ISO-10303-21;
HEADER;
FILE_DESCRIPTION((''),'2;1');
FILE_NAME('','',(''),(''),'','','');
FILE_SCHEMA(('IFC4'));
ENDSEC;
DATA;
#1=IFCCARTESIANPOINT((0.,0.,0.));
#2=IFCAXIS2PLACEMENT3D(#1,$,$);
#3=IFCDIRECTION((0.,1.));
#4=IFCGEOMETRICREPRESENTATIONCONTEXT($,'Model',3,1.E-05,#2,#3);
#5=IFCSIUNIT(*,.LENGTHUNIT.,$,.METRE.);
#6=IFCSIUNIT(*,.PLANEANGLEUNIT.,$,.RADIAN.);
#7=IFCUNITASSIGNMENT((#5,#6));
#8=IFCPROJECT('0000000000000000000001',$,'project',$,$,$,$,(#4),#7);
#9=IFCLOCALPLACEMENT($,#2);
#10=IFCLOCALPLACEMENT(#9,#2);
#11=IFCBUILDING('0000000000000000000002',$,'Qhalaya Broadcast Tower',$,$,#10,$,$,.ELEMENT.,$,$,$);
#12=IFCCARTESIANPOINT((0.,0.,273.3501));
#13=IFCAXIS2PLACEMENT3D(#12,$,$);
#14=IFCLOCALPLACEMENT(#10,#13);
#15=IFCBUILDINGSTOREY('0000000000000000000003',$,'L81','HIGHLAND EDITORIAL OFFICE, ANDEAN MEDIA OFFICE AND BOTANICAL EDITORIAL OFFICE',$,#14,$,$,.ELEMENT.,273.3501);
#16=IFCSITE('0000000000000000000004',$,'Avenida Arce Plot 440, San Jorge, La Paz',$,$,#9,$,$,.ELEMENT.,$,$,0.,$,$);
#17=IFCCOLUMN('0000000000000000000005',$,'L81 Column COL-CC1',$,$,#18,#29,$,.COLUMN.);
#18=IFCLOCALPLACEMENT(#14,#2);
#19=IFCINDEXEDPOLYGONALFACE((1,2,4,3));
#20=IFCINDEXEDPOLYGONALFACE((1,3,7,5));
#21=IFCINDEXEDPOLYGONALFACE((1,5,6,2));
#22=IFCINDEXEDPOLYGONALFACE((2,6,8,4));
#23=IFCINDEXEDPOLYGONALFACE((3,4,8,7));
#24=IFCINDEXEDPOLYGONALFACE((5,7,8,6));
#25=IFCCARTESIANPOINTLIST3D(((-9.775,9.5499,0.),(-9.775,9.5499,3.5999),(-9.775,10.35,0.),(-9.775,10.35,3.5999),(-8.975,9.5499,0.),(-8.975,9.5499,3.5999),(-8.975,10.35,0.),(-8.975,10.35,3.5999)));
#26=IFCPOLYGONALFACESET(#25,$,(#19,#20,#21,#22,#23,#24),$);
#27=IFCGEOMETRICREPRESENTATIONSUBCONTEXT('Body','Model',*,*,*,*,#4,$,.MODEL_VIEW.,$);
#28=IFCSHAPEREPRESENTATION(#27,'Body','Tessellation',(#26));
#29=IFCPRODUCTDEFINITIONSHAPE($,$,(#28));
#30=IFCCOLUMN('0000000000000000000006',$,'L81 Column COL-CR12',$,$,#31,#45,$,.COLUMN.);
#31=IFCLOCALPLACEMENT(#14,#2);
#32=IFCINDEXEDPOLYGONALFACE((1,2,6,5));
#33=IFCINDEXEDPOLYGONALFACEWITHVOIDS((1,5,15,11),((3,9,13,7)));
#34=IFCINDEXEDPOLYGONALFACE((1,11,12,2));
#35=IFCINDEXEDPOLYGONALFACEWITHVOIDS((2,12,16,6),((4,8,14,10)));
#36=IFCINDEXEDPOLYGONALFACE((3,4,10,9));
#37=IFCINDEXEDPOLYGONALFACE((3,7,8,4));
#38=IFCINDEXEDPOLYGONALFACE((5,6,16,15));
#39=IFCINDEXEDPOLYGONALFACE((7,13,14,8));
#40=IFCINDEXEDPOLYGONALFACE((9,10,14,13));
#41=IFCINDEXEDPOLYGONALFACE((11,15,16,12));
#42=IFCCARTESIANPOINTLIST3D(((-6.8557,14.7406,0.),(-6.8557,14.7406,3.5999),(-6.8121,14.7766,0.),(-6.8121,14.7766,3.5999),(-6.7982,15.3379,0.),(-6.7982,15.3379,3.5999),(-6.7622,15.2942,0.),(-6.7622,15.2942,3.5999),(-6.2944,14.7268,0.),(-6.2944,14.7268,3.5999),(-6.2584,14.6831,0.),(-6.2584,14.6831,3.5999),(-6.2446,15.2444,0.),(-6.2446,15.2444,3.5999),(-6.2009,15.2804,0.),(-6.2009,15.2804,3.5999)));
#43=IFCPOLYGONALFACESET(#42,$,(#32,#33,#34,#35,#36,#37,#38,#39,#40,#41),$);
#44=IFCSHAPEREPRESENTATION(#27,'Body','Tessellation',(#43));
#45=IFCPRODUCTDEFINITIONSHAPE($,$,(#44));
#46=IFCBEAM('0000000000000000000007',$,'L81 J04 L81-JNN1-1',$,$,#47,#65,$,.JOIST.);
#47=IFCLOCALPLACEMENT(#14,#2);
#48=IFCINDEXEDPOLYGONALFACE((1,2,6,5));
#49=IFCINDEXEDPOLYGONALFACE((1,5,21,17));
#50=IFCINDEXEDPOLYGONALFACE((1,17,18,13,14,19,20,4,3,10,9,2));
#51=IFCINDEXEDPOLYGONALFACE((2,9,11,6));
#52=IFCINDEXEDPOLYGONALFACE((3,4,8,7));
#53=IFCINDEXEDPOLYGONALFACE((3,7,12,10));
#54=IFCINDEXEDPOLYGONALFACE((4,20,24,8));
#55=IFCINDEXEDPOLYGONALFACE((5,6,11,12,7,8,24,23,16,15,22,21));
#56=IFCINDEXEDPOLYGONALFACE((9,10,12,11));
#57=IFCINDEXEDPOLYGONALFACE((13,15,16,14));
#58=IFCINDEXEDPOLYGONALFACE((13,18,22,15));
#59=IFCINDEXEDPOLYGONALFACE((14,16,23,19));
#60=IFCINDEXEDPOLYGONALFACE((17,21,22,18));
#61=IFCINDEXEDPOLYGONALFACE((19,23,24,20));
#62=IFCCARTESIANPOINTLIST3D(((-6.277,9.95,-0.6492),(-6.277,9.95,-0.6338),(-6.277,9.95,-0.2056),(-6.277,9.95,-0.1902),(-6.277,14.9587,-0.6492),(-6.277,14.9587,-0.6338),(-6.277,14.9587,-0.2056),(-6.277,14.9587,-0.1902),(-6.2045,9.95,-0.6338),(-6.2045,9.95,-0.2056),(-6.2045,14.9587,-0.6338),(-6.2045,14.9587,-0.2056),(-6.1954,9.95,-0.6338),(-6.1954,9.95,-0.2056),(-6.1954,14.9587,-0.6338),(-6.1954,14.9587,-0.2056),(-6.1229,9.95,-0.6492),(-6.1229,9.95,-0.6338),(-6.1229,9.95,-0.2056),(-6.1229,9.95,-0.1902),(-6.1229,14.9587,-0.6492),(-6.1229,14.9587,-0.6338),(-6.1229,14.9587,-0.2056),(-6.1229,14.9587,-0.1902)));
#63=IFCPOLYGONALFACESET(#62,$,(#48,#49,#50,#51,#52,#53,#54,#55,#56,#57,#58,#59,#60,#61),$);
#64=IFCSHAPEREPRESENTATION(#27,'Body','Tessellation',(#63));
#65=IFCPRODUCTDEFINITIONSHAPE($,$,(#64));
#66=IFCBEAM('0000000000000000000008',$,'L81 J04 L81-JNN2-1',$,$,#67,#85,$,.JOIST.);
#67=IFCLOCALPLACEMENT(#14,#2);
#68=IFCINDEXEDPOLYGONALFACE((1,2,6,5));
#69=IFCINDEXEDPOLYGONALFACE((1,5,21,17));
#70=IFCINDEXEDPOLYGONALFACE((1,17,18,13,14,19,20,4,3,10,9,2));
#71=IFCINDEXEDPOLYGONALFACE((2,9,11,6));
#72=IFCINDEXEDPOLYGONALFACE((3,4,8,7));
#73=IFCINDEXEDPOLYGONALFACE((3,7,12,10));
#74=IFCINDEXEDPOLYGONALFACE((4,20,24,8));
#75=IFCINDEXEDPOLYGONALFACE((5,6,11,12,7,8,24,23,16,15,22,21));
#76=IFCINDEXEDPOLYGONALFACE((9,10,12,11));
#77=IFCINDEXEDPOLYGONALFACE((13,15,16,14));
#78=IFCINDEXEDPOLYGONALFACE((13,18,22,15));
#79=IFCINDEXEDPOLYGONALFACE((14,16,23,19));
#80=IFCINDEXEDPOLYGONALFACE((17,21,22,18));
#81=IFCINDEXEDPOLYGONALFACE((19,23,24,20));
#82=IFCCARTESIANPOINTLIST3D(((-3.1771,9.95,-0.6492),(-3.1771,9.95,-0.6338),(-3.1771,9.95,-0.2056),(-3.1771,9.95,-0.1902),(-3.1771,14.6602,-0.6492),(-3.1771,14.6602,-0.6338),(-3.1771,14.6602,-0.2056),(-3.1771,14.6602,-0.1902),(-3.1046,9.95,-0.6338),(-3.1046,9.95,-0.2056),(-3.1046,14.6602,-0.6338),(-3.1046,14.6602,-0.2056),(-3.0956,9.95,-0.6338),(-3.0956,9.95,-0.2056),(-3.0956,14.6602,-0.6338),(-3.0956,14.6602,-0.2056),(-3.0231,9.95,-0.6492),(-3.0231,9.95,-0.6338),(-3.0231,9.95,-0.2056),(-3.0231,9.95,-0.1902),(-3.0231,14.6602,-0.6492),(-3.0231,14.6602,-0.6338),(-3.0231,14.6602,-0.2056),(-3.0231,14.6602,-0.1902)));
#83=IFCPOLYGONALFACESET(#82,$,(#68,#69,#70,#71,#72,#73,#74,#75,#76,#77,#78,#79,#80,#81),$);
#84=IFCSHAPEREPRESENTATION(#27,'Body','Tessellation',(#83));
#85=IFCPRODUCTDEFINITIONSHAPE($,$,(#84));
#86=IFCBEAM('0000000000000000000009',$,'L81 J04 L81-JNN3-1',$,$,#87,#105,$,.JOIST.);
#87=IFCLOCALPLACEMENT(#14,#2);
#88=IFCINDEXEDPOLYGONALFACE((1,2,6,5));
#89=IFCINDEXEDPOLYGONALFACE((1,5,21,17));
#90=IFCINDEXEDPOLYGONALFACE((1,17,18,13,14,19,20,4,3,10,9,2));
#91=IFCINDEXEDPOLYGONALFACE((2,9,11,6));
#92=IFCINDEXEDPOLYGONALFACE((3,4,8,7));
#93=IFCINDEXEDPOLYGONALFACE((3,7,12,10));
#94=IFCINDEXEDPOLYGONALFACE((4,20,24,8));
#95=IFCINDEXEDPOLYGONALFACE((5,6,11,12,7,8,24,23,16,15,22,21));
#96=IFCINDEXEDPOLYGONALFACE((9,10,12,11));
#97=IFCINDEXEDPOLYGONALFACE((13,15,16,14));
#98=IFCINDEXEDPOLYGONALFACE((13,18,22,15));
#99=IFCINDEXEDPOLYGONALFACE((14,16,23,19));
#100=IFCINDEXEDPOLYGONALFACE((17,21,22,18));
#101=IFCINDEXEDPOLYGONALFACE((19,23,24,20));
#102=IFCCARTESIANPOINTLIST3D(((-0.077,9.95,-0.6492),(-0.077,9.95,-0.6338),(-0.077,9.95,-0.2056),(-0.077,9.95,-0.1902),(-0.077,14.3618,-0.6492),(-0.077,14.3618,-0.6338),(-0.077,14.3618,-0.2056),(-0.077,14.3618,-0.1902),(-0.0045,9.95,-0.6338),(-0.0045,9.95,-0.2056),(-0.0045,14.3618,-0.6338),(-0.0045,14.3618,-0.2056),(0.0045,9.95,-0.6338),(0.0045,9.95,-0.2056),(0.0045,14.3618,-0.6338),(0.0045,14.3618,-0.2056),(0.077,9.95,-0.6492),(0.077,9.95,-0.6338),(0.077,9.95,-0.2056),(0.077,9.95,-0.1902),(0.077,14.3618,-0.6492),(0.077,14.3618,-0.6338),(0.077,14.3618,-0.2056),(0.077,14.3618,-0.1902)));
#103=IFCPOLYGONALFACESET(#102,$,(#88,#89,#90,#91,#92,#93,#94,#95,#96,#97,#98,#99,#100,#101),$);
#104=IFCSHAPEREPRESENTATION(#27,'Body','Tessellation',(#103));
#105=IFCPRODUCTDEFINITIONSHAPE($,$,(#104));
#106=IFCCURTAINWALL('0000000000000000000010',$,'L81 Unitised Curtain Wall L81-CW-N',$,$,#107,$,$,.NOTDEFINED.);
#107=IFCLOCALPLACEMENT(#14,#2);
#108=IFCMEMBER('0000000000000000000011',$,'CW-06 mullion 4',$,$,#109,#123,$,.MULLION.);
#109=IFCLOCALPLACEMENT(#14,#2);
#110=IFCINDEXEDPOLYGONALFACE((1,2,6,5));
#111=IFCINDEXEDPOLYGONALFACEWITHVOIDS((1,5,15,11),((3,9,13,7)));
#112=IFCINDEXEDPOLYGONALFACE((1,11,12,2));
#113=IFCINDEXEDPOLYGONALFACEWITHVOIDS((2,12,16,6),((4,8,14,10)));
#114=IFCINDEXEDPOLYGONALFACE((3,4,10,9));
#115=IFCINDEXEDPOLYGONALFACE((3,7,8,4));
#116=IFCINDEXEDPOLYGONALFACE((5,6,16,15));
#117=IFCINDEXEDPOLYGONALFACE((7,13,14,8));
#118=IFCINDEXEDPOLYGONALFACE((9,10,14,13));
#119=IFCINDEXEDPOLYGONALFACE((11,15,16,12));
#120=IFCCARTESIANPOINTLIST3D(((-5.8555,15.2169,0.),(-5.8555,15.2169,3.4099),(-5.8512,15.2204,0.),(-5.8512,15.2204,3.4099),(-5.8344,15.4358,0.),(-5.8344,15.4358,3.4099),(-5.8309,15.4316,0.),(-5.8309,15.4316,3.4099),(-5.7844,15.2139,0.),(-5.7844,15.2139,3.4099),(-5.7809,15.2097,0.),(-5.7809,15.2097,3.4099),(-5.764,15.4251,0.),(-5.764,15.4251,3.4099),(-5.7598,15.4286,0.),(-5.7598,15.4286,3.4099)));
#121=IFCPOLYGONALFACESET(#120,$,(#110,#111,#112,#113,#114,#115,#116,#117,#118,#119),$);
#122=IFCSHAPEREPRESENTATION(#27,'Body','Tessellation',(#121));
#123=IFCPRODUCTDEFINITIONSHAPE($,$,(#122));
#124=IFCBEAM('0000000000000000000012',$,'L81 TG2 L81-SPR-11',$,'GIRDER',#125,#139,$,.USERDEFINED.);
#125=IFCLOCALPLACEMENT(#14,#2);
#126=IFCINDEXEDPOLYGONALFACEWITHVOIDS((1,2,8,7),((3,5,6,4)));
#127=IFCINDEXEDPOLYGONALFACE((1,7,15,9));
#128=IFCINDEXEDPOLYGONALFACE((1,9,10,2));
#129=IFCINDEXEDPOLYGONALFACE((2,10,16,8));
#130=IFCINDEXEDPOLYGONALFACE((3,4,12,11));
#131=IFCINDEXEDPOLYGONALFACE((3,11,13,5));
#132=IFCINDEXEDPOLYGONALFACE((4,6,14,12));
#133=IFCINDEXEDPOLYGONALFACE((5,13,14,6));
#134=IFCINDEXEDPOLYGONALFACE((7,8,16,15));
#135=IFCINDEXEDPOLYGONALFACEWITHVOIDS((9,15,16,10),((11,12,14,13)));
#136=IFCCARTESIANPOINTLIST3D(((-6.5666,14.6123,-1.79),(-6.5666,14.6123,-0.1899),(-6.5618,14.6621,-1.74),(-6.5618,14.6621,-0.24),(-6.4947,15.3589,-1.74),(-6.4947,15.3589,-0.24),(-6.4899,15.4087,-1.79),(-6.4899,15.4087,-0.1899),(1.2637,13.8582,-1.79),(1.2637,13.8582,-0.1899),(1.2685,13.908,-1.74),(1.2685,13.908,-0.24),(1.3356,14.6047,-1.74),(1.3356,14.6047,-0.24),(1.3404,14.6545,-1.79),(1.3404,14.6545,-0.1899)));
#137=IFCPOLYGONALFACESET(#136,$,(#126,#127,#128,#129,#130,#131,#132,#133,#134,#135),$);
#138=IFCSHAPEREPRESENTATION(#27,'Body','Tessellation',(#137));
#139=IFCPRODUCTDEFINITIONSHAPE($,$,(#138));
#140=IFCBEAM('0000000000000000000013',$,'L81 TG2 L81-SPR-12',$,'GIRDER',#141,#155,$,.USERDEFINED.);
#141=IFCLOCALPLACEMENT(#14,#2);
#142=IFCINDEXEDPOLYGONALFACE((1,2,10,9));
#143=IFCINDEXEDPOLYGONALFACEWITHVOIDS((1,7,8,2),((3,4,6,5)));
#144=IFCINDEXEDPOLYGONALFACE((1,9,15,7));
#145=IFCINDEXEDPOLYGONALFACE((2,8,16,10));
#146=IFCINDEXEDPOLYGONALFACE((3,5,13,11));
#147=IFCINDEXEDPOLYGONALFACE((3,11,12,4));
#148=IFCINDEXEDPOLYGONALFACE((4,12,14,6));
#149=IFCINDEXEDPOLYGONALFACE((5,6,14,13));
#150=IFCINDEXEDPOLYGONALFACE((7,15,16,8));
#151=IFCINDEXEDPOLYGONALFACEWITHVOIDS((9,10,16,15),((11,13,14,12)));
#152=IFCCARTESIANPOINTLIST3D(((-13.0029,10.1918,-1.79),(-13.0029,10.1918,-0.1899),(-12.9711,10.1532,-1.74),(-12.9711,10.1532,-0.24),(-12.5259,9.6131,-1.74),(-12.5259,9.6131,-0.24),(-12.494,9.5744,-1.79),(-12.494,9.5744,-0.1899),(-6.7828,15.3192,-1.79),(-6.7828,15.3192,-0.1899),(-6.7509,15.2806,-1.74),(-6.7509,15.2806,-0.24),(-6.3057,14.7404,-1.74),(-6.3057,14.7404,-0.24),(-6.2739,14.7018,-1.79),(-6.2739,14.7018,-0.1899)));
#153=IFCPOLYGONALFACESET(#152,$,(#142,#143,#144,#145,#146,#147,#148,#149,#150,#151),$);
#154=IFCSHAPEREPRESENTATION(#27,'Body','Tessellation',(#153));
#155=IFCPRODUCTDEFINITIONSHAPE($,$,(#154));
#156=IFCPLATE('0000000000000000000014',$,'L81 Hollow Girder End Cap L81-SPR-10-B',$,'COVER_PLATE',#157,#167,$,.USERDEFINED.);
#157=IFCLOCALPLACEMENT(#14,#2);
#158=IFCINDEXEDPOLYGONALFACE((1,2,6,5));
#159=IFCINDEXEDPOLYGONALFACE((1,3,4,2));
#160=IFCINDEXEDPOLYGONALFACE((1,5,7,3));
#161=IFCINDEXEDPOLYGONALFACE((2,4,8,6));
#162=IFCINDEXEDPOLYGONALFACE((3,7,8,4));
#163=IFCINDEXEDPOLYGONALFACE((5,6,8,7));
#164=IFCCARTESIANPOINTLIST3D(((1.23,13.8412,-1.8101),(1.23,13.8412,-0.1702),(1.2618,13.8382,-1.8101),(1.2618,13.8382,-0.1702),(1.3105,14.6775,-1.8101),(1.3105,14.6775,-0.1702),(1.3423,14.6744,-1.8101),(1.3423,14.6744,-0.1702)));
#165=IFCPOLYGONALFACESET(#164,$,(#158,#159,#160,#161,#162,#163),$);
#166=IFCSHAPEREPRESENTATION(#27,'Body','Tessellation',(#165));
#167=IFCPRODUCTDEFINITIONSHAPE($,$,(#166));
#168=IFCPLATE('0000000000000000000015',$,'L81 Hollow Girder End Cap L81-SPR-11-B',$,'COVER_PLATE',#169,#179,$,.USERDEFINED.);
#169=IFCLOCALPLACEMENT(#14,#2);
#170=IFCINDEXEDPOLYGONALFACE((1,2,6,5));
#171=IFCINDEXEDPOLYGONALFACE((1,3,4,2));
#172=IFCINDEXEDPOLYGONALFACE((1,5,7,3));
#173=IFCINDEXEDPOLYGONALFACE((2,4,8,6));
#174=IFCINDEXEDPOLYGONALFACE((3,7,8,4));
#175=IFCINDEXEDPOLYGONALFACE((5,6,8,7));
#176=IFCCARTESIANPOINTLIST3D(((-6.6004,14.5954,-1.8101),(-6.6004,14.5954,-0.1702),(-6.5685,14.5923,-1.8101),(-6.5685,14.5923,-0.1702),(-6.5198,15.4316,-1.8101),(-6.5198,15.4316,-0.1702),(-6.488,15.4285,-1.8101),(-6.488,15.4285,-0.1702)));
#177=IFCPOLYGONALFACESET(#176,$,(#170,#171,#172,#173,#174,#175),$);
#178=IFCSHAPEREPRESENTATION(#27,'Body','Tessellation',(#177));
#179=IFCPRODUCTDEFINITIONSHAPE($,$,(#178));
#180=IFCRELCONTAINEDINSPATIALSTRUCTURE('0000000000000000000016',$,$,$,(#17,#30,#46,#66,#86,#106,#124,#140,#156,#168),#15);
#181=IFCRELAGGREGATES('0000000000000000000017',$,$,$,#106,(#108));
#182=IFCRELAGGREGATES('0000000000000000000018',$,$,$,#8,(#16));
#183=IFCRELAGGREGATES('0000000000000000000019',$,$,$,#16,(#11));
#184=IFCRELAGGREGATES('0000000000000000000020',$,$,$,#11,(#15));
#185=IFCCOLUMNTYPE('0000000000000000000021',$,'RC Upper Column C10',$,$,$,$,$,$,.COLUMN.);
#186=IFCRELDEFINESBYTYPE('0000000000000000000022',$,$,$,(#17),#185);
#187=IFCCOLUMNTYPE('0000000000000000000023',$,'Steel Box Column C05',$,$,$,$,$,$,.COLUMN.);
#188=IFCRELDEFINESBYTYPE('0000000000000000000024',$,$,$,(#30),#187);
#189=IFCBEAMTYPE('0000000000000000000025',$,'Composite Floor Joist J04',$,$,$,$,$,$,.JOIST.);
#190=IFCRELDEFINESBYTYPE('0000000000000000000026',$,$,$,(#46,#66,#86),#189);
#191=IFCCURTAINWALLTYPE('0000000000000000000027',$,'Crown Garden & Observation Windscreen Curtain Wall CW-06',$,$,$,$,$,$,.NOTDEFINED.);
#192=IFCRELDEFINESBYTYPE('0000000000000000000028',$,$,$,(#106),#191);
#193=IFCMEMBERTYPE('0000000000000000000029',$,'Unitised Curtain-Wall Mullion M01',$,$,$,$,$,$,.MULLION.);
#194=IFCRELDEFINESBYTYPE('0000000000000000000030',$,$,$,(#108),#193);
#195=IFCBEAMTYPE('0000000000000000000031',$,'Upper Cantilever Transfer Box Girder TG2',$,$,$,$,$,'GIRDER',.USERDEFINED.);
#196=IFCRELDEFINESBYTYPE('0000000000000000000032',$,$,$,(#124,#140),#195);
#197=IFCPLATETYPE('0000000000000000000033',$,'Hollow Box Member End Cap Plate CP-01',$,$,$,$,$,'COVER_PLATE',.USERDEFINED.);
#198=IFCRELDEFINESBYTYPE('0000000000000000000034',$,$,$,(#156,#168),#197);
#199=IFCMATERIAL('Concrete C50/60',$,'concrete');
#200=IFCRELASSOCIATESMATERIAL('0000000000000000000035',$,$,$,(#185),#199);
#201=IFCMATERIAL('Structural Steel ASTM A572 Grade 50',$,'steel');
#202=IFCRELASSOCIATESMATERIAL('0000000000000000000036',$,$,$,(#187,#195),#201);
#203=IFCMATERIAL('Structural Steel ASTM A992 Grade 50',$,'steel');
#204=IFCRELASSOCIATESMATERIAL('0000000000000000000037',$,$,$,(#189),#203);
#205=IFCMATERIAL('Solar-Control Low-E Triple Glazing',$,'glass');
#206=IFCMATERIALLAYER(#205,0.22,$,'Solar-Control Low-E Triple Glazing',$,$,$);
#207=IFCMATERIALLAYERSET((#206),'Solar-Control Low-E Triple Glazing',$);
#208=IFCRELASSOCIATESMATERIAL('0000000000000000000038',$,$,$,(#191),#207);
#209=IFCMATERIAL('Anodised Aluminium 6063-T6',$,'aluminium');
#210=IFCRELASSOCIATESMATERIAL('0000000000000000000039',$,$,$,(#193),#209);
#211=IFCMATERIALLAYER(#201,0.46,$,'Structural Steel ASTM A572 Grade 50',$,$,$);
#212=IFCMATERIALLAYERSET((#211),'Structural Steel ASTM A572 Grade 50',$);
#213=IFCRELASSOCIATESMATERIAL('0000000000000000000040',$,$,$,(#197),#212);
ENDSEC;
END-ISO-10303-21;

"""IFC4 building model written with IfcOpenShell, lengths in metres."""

from ifc_helpers import new_model, si_unit, direction, frame, origin, origin_2d, place, context, subcontext, project, spatial, rectangle, hollow_rectangle, i_section, extrude, material, layer, layer_set, material_profile, profile_set, type_object, element, aggregate, save


model = new_model("IFC4")

# Units and contexts
model_context = context("Model", 3, precision=1e-05, world=origin(), true_north=direction((0.0, 1.0)))
body_context = subcontext(model_context, "Body", "Model", "MODEL_VIEW")
ifc_project = project(units=[si_unit("LENGTHUNIT", "METRE"), si_unit("PLANEANGLEUNIT", "RADIAN")], contexts=[model_context])

# Site, building, storey
site_placement = place(None, origin())
site = spatial("IfcSite", under=ifc_project, at=site_placement, Name="Avenida Arce Plot 440, San Jorge, La Paz", CompositionType="ELEMENT", RefElevation=0.0)
building_placement = place(site_placement, origin())
building = spatial("IfcBuilding", under=site, at=building_placement, Name="Qhalaya Broadcast Tower", CompositionType="ELEMENT")
storey_placement = place(building_placement, frame((0.0, 0.0, 273.3501)))
storey = spatial("IfcBuildingStorey", under=building, at=storey_placement, Name="L81", Description="HIGHLAND EDITORIAL OFFICE, ANDEAN MEDIA OFFICE AND BOTANICAL EDITORIAL OFFICE", CompositionType="ELEMENT", Elevation=273.3501)

# Columns
ifc_material_1 = material(Name="Concrete C50/60", Category="concrete")
ifc_material_profile_1 = material_profile(ifc_material_1, rectangle(XDim=0.8, YDim=0.8, at=origin_2d()), Name="RC-COL 800x800")
ifc_profile_set_1 = profile_set([ifc_material_profile_1], Name="Concrete C50/60")
column_type_1 = type_object("IfcColumnType", Name="RC Upper Column C10", PredefinedType="COLUMN", material=ifc_profile_set_1)
column_1_placement = place(storey_placement, frame((-9.375, 9.95, 0.0), z_axis=(0.0, 0.0, 1.0), x_axis=(1.0, 0.0, 0.0)))
element("IfcColumn", 1, at=column_1_placement, inside=storey, type_object=column_type_1, Name="L81 Column COL-CC1", PredefinedType="COLUMN", context=body_context, shape_type="SweptSolid", body=[
    extrude(rectangle(XDim=0.8, YDim=0.8, at=origin_2d()), origin(), (0.0, 0.0, 1.0), 3.5999),
])
ifc_material_2 = material(Name="Structural Steel ASTM A572 Grade 50", Category="steel")
ifc_material_profile_2 = material_profile(ifc_material_2, hollow_rectangle(XDim=0.6001, YDim=0.6001, WallThickness=0.04, at=origin_2d()), Name="BOX 600x600x40")
ifc_profile_set_2 = profile_set([ifc_material_profile_2], Name="Structural Steel ASTM A572 Grade 50")
column_type_2 = type_object("IfcColumnType", Name="Steel Box Column C05", PredefinedType="COLUMN", material=ifc_profile_set_2)
column_2_placement = place(storey_placement, frame((-6.5283, 15.0105, 0.0), z_axis=(0.0, 0.0, 1.0), x_axis=(0.995396, -0.095846, 0.0)))
element("IfcColumn", 2, at=column_2_placement, inside=storey, type_object=column_type_2, Name="L81 Column COL-CR12", PredefinedType="COLUMN", context=body_context, shape_type="SweptSolid", body=[
    extrude(hollow_rectangle(XDim=0.6001, YDim=0.6001, WallThickness=0.04, at=origin_2d()), origin(), (0.0, 0.0, 1.0), 3.5999),
])

# Beams
ifc_material_3 = material(Name="Structural Steel ASTM A992 Grade 50", Category="steel")
ifc_material_profile_3 = material_profile(ifc_material_3, i_section(OverallWidth=0.1541, OverallDepth=0.459, WebThickness=0.009, FlangeThickness=0.0154, at=origin_2d()), Name="W18X46")
ifc_profile_set_3 = profile_set([ifc_material_profile_3], Name="Structural Steel ASTM A992 Grade 50")
beam_type_1 = type_object("IfcBeamType", Name="Composite Floor Joist J04", PredefinedType="JOIST", material=ifc_profile_set_3)
beam_1_placement = place(storey_placement, frame((-6.2, 9.95, -0.4197), z_axis=(0.0, 1.0, 0.0), x_axis=(-1.0, 0.0, 0.0)))
element("IfcBeam", 3, at=beam_1_placement, inside=storey, type_object=beam_type_1, Name="L81 J04 L81-JNN1-1", PredefinedType="JOIST", context=body_context, shape_type="SweptSolid", body=[
    extrude(i_section(OverallWidth=0.1541, OverallDepth=0.459, WebThickness=0.009, FlangeThickness=0.0154, at=origin_2d()), origin(), (0.0, 0.0, 1.0), 5.0088),
])
beam_2_placement = place(storey_placement, frame((-3.1001, 9.95, -0.4197), z_axis=(0.0, 1.0, 0.0), x_axis=(-1.0, 0.0, 0.0)))
element("IfcBeam", 4, at=beam_2_placement, inside=storey, type_object=beam_type_1, Name="L81 J04 L81-JNN2-1", PredefinedType="JOIST", context=body_context, shape_type="SweptSolid", body=[
    extrude(i_section(OverallWidth=0.1541, OverallDepth=0.459, WebThickness=0.009, FlangeThickness=0.0154, at=origin_2d()), origin(), (0.0, 0.0, 1.0), 4.7102),
])
beam_3_placement = place(storey_placement, frame((0.0, 9.95, -0.4197), z_axis=(0.0, 1.0, 0.0), x_axis=(-1.0, 0.0, 0.0)))
element("IfcBeam", 5, at=beam_3_placement, inside=storey, type_object=beam_type_1, Name="L81 J04 L81-JNN3-1", PredefinedType="JOIST", context=body_context, shape_type="SweptSolid", body=[
    extrude(i_section(OverallWidth=0.1541, OverallDepth=0.459, WebThickness=0.009, FlangeThickness=0.0154, at=origin_2d()), origin(), (0.0, 0.0, 1.0), 4.4119),
])

# Curtain wall, member
ifc_material_4 = material(Name="Solar-Control Low-E Triple Glazing", Category="glass")
ifc_layer_1 = layer(ifc_material_4, 0.22, Name="Solar-Control Low-E Triple Glazing")
ifc_layer_set_1 = layer_set([ifc_layer_1], Name="Solar-Control Low-E Triple Glazing")
curtain_wall_type = type_object("IfcCurtainWallType", Name="Crown Garden & Observation Windscreen Curtain Wall CW-06", PredefinedType="NOTDEFINED", material=ifc_layer_set_1)
curtain_wall_placement = place(storey_placement, origin())
curtain_wall = element("IfcCurtainWall", 6, at=curtain_wall_placement, inside=storey, type_object=curtain_wall_type, Name="L81 Unitised Curtain Wall L81-CW-N", PredefinedType="NOTDEFINED")
ifc_material_5 = material(Name="Anodised Aluminium 6063-T6", Category="aluminium")
ifc_material_profile_4 = material_profile(ifc_material_5, hollow_rectangle(XDim=0.075, YDim=0.22, WallThickness=0.0039, at=origin_2d()), Name="ALU-MUL 75x220x4")
ifc_profile_set_4 = profile_set([ifc_material_profile_4], Name="Anodised Aluminium 6063-T6")
member_type = type_object("IfcMemberType", Name="Unitised Curtain-Wall Mullion M01", PredefinedType="MULLION", material=ifc_profile_set_4)
member_placement = place(storey_placement, frame((-5.8076, 15.3228, 0.0), z_axis=(0.0, 0.0, 1.0), x_axis=(-0.995396, 0.095848, 0.0)))
member = element("IfcMember", 7, at=member_placement, type_object=member_type, Name="CW-06 mullion 4", PredefinedType="MULLION", context=body_context, shape_type="SweptSolid", body=[
    extrude(hollow_rectangle(XDim=0.075, YDim=0.22, WallThickness=0.0039, at=origin_2d()), origin(), (0.0, 0.0, 1.0), 3.4099),
])

# Beams
ifc_material_profile_5 = material_profile(ifc_material_2, hollow_rectangle(XDim=0.8, YDim=1.6001, WallThickness=0.05, at=origin_2d()), Name="BOX 800x1600x50")
ifc_profile_set_5 = profile_set([ifc_material_profile_5], Name="Structural Steel ASTM A572 Grade 50")
beam_type_2 = type_object("IfcBeamType", Name="Upper Cantilever Transfer Box Girder TG2", ElementType="GIRDER", PredefinedType="USERDEFINED", material=ifc_profile_set_5)
beam_4_placement = place(storey_placement, frame((1.302, 14.2563, -0.99), z_axis=(-0.995394, 0.095868, 0.0), x_axis=(-0.095868, -0.995394, 0.0)))
element("IfcBeam", 8, at=beam_4_placement, inside=storey, type_object=beam_type_2, Name="L81 TG2 L81-SPR-11", ObjectType="GIRDER", PredefinedType="USERDEFINED", context=body_context, shape_type="SweptSolid", body=[
    extrude(hollow_rectangle(XDim=0.8, YDim=1.6001, WallThickness=0.05, at=origin_2d()), origin(), (0.0, 0.0, 1.0), 7.8665),
])
beam_5_placement = place(storey_placement, frame((-6.5283, 15.0105, -0.99), z_axis=(-0.771631, -0.63607, 0.0), x_axis=(0.63607, -0.771631, 0.0)))
element("IfcBeam", 9, at=beam_5_placement, inside=storey, type_object=beam_type_2, Name="L81 TG2 L81-SPR-12", ObjectType="GIRDER", PredefinedType="USERDEFINED", context=body_context, shape_type="SweptSolid", body=[
    extrude(hollow_rectangle(XDim=0.8, YDim=1.6001, WallThickness=0.05, at=origin_2d()), origin(), (0.0, 0.0, 1.0), 8.061),
])

# Plates
ifc_layer_2 = layer(ifc_material_2, 0.46, Name="Structural Steel ASTM A572 Grade 50")
ifc_layer_set_2 = layer_set([ifc_layer_2], Name="Structural Steel ASTM A572 Grade 50")
plate_type_1 = type_object("IfcPlateType", Name="Hollow Box Member End Cap Plate CP-01", ElementType="COVER_PLATE", PredefinedType="USERDEFINED", material=ifc_layer_set_2)
for number, where, z_axis, x_axis, name in (
    (10, (1.2861, 14.2578, -1.8101), (0.0, 0.0, 1.0), (-0.095846, -0.995396, 0.0), "L81 Hollow Girder End Cap L81-SPR-10-B"),
    (11, (-6.5442, 15.012, -1.8101), (0.0, 0.0, 1.0), (-0.095846, -0.995396, 0.0), "L81 Hollow Girder End Cap L81-SPR-11-B"),
):
    element("IfcPlate", number, at=place(storey_placement, frame(where, z_axis=z_axis, x_axis=x_axis)), inside=storey, type_object=plate_type_1, Name=name, ObjectType="COVER_PLATE", PredefinedType="USERDEFINED", context=body_context, shape_type="SweptSolid", body=[
        extrude(rectangle(XDim=0.8401, YDim=0.032, at=origin_2d()), origin(), (0.0, 0.0, 1.0), 1.6399),
    ])

aggregate(curtain_wall, [member])

save(model, "model.ifc")
